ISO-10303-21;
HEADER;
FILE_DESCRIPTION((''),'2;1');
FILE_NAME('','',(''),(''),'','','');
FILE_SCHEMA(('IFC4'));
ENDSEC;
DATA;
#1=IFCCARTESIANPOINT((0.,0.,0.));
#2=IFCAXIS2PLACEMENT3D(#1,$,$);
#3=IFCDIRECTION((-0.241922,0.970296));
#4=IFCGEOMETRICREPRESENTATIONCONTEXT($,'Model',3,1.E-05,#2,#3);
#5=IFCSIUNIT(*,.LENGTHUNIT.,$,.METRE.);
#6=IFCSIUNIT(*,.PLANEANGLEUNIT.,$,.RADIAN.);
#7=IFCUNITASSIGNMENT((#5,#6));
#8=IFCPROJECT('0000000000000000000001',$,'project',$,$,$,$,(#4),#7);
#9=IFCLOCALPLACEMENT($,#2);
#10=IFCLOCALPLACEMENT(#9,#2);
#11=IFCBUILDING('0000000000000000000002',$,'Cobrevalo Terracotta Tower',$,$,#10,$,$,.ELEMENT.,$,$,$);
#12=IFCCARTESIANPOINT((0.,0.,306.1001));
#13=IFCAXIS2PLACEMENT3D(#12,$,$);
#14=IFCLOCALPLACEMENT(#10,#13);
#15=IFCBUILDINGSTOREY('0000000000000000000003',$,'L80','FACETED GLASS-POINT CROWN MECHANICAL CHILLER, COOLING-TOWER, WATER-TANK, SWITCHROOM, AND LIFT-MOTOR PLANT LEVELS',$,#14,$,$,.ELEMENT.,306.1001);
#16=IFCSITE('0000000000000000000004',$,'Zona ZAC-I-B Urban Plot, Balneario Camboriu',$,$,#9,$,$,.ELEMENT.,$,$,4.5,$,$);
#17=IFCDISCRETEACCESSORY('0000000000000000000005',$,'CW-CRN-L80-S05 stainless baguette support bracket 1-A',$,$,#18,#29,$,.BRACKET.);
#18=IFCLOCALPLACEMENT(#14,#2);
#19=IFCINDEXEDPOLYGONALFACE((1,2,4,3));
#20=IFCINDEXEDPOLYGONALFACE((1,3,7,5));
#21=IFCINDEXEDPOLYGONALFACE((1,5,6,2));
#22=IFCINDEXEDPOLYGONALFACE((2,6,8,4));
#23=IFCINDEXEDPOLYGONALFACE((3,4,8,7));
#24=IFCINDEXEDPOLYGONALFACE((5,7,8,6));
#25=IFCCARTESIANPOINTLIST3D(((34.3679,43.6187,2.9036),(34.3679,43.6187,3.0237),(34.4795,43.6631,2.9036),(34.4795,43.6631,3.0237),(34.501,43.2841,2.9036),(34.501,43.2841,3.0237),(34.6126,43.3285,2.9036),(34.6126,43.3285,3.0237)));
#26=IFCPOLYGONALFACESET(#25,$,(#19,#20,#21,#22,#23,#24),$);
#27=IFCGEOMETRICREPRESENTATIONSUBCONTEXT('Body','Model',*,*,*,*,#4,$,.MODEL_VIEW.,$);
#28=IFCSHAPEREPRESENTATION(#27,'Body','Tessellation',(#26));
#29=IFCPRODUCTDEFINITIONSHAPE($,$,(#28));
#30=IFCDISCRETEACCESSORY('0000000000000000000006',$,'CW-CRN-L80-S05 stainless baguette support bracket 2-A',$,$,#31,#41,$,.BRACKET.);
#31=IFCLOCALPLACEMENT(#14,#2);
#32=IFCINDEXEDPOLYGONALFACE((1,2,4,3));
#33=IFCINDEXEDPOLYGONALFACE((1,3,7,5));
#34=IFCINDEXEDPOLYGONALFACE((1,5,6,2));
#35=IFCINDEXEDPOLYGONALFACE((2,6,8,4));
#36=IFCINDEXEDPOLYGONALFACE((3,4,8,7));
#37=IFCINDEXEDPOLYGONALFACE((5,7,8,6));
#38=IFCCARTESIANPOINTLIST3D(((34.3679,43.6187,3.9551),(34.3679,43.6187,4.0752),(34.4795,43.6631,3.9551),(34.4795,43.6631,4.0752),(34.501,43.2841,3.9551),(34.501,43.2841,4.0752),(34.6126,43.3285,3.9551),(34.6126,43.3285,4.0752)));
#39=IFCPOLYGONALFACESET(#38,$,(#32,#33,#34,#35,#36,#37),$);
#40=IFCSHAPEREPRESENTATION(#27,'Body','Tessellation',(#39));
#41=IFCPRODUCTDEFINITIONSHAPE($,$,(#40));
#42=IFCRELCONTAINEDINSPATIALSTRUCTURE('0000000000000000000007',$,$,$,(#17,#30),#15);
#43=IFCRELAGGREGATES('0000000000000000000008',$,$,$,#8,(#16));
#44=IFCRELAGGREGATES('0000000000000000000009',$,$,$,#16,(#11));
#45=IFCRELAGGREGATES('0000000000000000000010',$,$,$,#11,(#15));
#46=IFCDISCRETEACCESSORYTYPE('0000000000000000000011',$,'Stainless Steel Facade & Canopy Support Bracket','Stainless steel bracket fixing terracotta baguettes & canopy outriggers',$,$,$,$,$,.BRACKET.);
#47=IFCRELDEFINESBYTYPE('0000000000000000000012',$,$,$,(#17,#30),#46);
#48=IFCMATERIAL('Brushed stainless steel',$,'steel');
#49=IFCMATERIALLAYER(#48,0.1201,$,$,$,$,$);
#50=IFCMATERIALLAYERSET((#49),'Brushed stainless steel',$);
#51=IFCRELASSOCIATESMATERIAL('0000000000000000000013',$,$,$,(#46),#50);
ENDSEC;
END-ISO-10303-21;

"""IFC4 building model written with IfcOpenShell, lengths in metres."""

from ifc_helpers import new_model, si_unit, direction, frame, origin, origin_2d, place, context, subcontext, project, spatial, rectangle, extrude, source, transform, mapped, material, layer, layer_set, type_object, element, save


model = new_model("IFC4")

# Units and contexts
model_context = context("Model", 3, precision=1e-05, world=origin(), true_north=direction((-0.241922, 0.970296)))
body_context = subcontext(model_context, "Body", "Model", "MODEL_VIEW")
ifc_project = project(units=[si_unit("LENGTHUNIT", "METRE"), si_unit("PLANEANGLEUNIT", "RADIAN")], contexts=[model_context])

# Site, building, storey
site_placement = place(None, origin())
site = spatial("IfcSite", under=ifc_project, at=site_placement, Name="Zona ZAC-I-B Urban Plot, Balneario Camboriu", CompositionType="ELEMENT", RefElevation=4.5)
building_placement = place(site_placement, origin())
building = spatial("IfcBuilding", under=site, at=building_placement, Name="Cobrevalo Terracotta Tower", CompositionType="ELEMENT")
storey_placement = place(building_placement, frame((0.0, 0.0, 306.1001)))
storey = spatial("IfcBuildingStorey", under=building, at=storey_placement, Name="L80", Description="FACETED GLASS-POINT CROWN MECHANICAL CHILLER, COOLING-TOWER, WATER-TANK, SWITCHROOM, AND LIFT-MOTOR PLANT LEVELS", CompositionType="ELEMENT", Elevation=306.1001)

# Discrete accessories
ifc_material_1 = material(Name="Brushed stainless steel", Category="steel")
ifc_layer_1 = layer(ifc_material_1, 0.1201)
ifc_layer_set_1 = layer_set([ifc_layer_1], Name="Brushed stainless steel")
discrete_accessory_type = type_object("IfcDiscreteAccessoryType", Name="Stainless Steel Facade & Canopy Support Bracket", Description="Stainless steel bracket fixing terracotta baguettes & canopy outriggers", PredefinedType="BRACKET", material=ifc_layer_set_1)
shared_shape_1 = source(origin(), body_context, "Body", "SweptSolid", [
    extrude(rectangle(XDim=0.1201, YDim=0.3601, at=origin_2d()), origin(), (0.0, 0.0, 1.0), 0.1201),
])
for number, where, z_axis, x_axis, name in (
    (1, (34.4902, 43.4736, 2.9036), (0.0, 0.0, 1.0), (-0.929191, -0.369601, 0.0), "CW-CRN-L80-S05 stainless baguette support bracket 1-A"),
    (2, (34.4902, 43.4736, 3.9551), (0.0, 0.0, 1.0), (-0.929191, -0.369601, 0.0), "CW-CRN-L80-S05 stainless baguette support bracket 2-A"),
):
    element("IfcDiscreteAccessory", number, at=place(storey_placement, frame(where, z_axis=z_axis, x_axis=x_axis)), inside=storey, type_object=discrete_accessory_type, Name=name, PredefinedType="BRACKET", context=body_context, shape_type="MappedRepresentation", body=[
        mapped(shared_shape_1, transform((0.0, 0.0, 0.0), scale=1.0)),
    ])

save(model, "model.ifc")
